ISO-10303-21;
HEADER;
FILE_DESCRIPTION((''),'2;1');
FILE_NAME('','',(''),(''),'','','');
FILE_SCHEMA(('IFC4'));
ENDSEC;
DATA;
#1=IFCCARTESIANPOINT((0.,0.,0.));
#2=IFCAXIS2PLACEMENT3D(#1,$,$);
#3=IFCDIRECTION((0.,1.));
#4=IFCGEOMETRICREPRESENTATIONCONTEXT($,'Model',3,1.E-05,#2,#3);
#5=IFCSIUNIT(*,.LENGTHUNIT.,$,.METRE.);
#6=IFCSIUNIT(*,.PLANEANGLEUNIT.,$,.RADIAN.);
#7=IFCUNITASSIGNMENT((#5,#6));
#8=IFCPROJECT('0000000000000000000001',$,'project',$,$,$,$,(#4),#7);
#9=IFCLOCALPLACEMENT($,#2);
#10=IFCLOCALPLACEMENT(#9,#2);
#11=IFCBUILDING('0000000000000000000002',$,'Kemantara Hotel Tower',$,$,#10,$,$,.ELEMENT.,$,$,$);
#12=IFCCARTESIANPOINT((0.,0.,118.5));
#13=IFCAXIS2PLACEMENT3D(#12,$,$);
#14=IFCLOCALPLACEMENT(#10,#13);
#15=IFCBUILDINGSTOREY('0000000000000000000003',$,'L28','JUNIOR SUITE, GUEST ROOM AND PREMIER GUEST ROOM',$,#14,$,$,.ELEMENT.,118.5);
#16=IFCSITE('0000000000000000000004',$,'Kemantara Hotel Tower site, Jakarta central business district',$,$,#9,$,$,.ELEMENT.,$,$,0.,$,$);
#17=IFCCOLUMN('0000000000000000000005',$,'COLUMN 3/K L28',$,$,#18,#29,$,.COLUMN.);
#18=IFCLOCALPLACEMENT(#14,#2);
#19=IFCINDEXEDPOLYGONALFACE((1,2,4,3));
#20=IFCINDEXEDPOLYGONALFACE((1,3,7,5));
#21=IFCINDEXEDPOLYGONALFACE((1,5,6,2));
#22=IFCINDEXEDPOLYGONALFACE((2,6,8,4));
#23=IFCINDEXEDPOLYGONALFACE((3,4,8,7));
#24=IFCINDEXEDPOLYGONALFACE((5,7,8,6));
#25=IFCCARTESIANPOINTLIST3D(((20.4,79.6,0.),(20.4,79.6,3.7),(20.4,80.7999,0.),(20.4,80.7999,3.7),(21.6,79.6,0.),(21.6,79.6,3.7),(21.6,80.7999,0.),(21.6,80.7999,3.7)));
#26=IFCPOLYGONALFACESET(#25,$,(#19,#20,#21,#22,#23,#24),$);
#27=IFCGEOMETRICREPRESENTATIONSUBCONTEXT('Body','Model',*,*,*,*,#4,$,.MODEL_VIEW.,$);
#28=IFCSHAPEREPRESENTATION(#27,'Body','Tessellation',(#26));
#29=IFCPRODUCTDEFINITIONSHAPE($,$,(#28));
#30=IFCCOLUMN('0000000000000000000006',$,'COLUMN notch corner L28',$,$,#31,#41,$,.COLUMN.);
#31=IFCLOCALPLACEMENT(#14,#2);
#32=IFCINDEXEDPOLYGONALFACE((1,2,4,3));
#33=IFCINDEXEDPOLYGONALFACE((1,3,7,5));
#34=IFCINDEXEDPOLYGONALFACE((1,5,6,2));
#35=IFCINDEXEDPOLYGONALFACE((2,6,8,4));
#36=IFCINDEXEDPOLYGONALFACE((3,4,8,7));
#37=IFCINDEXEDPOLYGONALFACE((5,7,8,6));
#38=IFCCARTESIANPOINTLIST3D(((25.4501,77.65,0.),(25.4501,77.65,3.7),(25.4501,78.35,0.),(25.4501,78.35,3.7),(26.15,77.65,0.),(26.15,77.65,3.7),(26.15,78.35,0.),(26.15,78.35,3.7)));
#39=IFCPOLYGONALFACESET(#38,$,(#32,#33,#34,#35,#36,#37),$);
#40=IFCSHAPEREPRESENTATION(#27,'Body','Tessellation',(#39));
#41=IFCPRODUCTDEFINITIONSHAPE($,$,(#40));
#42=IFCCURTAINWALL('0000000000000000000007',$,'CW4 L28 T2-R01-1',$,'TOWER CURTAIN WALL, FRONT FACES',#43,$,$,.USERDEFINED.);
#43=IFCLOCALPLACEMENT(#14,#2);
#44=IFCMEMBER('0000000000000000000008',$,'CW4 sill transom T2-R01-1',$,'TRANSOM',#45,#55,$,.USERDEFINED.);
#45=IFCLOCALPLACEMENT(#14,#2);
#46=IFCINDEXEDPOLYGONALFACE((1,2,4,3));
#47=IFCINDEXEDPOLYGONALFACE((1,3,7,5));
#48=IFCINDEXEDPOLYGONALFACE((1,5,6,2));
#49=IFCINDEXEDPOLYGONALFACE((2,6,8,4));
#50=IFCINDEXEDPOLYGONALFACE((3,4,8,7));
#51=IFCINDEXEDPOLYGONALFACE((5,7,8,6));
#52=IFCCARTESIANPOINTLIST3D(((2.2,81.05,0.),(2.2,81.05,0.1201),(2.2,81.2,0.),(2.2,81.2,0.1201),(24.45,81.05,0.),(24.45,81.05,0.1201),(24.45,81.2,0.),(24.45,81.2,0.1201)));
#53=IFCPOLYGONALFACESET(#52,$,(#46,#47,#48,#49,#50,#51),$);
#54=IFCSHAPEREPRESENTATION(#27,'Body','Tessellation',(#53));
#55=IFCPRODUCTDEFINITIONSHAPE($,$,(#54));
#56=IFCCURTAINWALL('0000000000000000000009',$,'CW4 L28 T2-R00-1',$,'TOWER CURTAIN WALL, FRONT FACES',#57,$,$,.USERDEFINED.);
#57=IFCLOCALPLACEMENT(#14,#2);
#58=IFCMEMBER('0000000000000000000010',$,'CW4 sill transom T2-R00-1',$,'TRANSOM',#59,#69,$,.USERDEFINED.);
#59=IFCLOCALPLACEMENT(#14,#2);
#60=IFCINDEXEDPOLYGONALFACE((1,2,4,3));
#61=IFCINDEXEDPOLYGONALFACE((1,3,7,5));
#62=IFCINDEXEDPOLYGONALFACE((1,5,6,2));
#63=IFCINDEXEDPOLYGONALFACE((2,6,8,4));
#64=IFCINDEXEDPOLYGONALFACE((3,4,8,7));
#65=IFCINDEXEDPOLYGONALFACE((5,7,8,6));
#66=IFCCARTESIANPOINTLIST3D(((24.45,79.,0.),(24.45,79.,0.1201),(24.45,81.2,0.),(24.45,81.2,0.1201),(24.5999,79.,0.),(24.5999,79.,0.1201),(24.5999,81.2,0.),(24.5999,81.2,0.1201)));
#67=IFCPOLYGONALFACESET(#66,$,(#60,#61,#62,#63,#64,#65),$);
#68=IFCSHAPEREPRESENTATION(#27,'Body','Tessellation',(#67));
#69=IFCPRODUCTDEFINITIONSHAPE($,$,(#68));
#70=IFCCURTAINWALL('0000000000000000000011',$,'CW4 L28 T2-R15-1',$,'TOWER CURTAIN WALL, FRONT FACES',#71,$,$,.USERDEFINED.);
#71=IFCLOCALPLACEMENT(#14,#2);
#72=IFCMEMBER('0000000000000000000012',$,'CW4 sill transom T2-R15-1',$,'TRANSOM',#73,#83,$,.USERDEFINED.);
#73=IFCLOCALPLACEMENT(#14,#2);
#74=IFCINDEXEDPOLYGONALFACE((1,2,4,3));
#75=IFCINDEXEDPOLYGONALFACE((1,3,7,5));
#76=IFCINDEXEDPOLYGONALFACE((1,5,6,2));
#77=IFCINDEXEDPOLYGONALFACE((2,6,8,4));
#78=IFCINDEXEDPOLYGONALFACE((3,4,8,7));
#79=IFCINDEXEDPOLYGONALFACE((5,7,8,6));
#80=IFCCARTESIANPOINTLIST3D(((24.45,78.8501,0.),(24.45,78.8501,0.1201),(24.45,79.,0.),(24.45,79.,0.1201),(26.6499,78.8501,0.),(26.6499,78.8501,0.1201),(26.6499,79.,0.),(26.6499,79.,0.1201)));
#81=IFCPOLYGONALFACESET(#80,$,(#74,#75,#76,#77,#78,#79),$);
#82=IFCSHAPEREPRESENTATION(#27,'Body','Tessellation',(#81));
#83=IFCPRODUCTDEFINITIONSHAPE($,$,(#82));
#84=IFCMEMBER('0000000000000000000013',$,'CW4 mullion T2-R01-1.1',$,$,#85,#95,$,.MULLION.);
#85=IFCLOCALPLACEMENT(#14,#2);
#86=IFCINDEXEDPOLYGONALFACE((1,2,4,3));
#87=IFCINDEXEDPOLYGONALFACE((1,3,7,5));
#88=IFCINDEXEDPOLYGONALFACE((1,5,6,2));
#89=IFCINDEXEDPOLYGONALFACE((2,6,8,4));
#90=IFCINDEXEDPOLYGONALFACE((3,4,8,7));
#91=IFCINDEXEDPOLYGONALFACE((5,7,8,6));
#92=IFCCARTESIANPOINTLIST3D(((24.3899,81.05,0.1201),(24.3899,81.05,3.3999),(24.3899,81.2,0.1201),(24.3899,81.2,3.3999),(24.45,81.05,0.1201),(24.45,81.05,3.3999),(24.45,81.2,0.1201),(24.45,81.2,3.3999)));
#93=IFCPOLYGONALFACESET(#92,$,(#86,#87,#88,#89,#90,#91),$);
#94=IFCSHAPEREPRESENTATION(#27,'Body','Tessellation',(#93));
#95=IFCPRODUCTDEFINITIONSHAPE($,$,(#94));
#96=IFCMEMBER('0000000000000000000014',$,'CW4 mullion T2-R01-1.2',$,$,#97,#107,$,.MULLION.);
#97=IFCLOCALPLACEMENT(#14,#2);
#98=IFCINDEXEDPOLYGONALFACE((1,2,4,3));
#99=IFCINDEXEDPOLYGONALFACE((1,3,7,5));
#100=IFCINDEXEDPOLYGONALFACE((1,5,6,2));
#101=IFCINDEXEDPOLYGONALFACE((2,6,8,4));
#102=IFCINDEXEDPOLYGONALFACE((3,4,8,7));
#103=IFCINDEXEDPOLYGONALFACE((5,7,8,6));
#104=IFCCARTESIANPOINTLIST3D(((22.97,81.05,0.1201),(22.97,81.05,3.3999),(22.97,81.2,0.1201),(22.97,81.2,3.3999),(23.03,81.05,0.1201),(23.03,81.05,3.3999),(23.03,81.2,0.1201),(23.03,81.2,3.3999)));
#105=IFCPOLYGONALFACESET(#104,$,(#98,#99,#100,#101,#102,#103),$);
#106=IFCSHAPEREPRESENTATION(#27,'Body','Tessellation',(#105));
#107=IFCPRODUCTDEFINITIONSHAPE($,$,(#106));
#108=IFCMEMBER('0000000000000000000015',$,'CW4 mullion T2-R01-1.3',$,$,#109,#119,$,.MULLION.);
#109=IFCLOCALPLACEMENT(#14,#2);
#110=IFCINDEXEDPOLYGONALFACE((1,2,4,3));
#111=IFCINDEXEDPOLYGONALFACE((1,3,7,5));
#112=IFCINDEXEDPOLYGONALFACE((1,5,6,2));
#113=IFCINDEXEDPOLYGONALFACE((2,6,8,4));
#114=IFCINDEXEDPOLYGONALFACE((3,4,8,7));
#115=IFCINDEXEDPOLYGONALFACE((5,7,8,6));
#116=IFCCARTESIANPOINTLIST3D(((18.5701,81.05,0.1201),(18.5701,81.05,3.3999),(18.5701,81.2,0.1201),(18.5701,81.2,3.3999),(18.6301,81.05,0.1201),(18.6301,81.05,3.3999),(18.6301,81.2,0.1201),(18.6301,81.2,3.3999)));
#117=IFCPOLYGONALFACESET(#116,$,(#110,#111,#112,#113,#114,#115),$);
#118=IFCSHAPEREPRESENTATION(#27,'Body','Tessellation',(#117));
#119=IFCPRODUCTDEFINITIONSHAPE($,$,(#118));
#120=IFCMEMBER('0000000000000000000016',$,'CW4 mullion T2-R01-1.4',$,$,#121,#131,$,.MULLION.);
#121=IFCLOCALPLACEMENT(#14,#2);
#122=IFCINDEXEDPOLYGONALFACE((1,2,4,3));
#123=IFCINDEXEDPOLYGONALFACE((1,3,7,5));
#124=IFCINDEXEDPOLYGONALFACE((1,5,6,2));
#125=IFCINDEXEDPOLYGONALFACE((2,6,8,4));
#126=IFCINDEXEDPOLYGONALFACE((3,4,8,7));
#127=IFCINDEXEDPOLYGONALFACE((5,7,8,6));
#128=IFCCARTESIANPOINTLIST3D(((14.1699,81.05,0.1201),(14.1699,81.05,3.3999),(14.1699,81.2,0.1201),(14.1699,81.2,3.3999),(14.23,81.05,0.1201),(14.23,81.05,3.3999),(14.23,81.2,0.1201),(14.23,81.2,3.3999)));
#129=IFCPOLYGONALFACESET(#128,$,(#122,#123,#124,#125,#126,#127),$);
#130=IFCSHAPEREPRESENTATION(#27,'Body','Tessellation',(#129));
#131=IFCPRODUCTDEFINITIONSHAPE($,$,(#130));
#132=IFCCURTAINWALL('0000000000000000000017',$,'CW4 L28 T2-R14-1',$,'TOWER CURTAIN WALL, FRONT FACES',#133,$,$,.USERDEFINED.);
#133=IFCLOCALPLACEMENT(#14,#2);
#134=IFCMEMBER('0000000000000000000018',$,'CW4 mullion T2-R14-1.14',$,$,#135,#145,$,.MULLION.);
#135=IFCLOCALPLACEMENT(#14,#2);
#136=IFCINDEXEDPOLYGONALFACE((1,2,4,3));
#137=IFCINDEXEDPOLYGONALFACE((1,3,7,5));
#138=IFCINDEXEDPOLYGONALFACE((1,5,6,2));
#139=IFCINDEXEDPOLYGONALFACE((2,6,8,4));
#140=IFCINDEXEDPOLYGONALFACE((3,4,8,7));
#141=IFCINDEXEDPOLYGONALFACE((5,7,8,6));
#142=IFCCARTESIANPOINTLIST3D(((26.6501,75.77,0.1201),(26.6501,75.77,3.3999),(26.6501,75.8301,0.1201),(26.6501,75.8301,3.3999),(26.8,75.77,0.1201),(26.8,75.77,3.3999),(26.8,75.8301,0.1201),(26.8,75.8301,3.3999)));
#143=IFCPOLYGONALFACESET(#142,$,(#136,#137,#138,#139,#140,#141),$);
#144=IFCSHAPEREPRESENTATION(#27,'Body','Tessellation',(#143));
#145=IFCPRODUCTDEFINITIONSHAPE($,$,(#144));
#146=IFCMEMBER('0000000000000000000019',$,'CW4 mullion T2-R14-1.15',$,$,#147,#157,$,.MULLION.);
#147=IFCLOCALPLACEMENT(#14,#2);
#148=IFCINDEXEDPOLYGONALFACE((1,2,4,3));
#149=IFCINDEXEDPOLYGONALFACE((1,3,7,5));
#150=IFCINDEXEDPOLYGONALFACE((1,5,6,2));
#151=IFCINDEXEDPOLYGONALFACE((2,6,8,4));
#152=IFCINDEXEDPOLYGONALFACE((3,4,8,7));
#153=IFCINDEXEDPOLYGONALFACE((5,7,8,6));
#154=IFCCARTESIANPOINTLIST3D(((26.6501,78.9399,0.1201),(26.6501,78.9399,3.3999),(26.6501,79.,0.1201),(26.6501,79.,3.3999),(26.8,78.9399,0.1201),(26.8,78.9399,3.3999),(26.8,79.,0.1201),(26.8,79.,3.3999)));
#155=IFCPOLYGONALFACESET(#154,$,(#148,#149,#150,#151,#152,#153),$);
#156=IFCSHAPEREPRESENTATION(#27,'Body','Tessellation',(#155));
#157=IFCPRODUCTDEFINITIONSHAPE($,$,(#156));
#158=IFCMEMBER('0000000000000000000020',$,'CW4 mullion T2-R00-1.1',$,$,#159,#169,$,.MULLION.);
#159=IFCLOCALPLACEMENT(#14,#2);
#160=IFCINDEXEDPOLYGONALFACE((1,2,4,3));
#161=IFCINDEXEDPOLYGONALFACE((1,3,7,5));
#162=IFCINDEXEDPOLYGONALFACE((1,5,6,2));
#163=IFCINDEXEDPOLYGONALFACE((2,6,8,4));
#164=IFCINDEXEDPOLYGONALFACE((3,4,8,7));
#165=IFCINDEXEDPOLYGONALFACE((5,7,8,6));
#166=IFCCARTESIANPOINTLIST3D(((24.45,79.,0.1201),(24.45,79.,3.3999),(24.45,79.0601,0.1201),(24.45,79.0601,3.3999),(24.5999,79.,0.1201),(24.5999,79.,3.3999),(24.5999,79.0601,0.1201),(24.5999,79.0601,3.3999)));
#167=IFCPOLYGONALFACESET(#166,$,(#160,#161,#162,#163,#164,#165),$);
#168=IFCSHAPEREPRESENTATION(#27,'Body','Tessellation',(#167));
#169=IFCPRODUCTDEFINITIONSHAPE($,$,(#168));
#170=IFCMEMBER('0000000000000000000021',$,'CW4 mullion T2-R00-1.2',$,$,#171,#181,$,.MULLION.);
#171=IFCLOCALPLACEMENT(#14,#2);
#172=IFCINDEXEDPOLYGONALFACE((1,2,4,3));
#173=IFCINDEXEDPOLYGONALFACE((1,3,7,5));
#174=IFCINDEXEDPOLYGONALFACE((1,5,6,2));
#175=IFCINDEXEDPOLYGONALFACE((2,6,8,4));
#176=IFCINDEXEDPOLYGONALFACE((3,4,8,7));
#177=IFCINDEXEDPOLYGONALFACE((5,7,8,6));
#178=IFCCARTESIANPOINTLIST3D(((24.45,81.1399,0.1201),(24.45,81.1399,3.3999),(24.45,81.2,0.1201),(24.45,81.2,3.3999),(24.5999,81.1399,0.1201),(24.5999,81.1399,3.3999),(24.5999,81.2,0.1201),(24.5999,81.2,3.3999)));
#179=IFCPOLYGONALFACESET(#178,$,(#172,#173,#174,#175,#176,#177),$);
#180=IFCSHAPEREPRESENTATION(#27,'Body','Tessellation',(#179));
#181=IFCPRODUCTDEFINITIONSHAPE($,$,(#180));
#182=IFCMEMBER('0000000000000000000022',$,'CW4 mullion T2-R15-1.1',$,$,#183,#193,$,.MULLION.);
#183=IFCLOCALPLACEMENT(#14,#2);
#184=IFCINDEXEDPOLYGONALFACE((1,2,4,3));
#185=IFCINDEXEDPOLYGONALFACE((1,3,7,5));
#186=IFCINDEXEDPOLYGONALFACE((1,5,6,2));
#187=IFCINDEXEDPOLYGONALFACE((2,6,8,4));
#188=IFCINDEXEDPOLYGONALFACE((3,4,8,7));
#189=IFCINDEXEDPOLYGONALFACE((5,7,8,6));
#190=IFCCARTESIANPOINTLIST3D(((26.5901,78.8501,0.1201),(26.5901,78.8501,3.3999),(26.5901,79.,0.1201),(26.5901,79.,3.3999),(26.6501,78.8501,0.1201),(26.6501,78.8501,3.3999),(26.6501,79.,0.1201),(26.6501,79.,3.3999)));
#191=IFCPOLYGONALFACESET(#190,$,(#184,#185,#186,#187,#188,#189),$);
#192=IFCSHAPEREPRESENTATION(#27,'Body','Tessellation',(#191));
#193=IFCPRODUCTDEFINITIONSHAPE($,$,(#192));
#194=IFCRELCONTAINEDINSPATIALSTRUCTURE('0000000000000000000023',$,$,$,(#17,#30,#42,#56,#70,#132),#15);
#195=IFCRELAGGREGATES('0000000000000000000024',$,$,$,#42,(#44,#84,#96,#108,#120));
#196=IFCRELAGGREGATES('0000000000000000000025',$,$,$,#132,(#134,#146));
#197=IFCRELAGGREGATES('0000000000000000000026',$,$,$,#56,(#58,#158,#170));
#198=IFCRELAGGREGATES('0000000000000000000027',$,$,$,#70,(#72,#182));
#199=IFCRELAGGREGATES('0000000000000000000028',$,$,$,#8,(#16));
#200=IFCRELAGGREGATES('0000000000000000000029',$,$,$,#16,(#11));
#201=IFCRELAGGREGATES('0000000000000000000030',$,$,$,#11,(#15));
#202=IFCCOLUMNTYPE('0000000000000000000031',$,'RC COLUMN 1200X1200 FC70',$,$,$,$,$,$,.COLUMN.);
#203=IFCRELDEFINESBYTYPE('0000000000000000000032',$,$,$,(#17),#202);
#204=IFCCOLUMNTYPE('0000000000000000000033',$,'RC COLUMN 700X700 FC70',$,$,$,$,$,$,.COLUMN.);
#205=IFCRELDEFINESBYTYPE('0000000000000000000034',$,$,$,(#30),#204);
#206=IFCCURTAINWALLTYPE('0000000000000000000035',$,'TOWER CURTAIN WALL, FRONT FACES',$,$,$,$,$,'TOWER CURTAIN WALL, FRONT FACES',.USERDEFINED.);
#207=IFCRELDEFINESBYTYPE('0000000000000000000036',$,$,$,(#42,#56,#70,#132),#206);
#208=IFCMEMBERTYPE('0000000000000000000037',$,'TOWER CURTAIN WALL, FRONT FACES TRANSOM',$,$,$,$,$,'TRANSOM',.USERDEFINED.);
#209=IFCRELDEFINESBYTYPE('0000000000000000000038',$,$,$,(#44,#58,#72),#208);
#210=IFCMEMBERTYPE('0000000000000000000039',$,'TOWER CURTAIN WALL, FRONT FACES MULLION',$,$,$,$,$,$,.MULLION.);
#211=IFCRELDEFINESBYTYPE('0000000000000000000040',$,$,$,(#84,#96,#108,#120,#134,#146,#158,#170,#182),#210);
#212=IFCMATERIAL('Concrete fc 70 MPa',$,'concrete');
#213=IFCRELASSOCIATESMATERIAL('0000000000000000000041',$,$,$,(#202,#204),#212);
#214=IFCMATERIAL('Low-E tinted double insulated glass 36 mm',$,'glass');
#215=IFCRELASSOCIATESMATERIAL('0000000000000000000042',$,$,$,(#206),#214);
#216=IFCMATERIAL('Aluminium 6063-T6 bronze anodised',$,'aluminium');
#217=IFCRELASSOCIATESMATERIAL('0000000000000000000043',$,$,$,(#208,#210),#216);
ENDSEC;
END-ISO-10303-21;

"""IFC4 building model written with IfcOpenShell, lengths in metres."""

from ifc_helpers import new_model, si_unit, direction, frame, origin, origin_2d, place, context, subcontext, project, spatial, rectangle, extrude, source, transform, mapped, material, material_profile, profile_set, type_object, element, aggregate, save


model = new_model("IFC4")

# Units and contexts
model_context = context("Model", 3, precision=1e-05, world=origin(), true_north=direction((0.0, 1.0)))
body_context = subcontext(model_context, "Body", "Model", "MODEL_VIEW")
ifc_project = project(units=[si_unit("LENGTHUNIT", "METRE"), si_unit("PLANEANGLEUNIT", "RADIAN")], contexts=[model_context])

# Site, building, storey
site_placement = place(None, origin())
site = spatial("IfcSite", under=ifc_project, at=site_placement, Name="Kemantara Hotel Tower site, Jakarta central business district", CompositionType="ELEMENT", RefElevation=0.0)
building_placement = place(site_placement, origin())
building = spatial("IfcBuilding", under=site, at=building_placement, Name="Kemantara Hotel Tower", CompositionType="ELEMENT")
storey_placement = place(building_placement, frame((0.0, 0.0, 118.5)))
storey = spatial("IfcBuildingStorey", under=building, at=storey_placement, Name="L28", Description="JUNIOR SUITE, GUEST ROOM AND PREMIER GUEST ROOM", CompositionType="ELEMENT", Elevation=118.5)

# Columns
ifc_material_1 = material(Name="Concrete fc 70 MPa", Category="concrete")
ifc_material_profile_1 = material_profile(ifc_material_1, rectangle(XDim=1.2, YDim=1.2, at=origin_2d()), Name="RC 1200X1200")
ifc_profile_set_1 = profile_set([ifc_material_profile_1], Name="Concrete fc 70 MPa")
column_type_1 = type_object("IfcColumnType", Name="RC COLUMN 1200X1200 FC70", PredefinedType="COLUMN", material=ifc_profile_set_1)
column_1_placement = place(storey_placement, frame((21.0, 80.2, 0.0), z_axis=(0.0, 0.0, 1.0), x_axis=(1.0, 0.0, 0.0)))
element("IfcColumn", 1, at=column_1_placement, inside=storey, type_object=column_type_1, Name="COLUMN 3/K L28", PredefinedType="COLUMN", context=body_context, shape_type="SweptSolid", body=[
    extrude(rectangle(XDim=1.2, YDim=1.2, at=origin_2d()), origin(), (0.0, 0.0, 1.0), 3.7),
])
ifc_material_profile_2 = material_profile(ifc_material_1, rectangle(XDim=0.7, YDim=0.7, at=origin_2d()), Name="RC 700X700")
ifc_profile_set_2 = profile_set([ifc_material_profile_2], Name="Concrete fc 70 MPa")
column_type_2 = type_object("IfcColumnType", Name="RC COLUMN 700X700 FC70", PredefinedType="COLUMN", material=ifc_profile_set_2)
column_2_placement = place(storey_placement, frame((25.8, 78.0, 0.0), z_axis=(0.0, 0.0, 1.0), x_axis=(1.0, 0.0, 0.0)))
element("IfcColumn", 2, at=column_2_placement, inside=storey, type_object=column_type_2, Name="COLUMN notch corner L28", PredefinedType="COLUMN", context=body_context, shape_type="SweptSolid", body=[
    extrude(rectangle(XDim=0.7, YDim=0.7, at=origin_2d()), origin(), (0.0, 0.0, 1.0), 3.7),
])

# Curtain walls, members
ifc_material_2 = material(Name="Low-E tinted double insulated glass 36 mm", Category="glass")
curtain_wall_type = type_object("IfcCurtainWallType", Name="TOWER CURTAIN WALL, FRONT FACES", ElementType="TOWER CURTAIN WALL, FRONT FACES", PredefinedType="USERDEFINED", material=ifc_material_2)
curtain_wall_1_placement = place(storey_placement, origin())
curtain_wall_1 = element("IfcCurtainWall", 3, at=curtain_wall_1_placement, inside=storey, type_object=curtain_wall_type, Name="CW4 L28 T2-R01-1", ObjectType="TOWER CURTAIN WALL, FRONT FACES", PredefinedType="USERDEFINED")
ifc_material_3 = material(Name="Aluminium 6063-T6 bronze anodised", Category="aluminium")
ifc_material_profile_3 = material_profile(ifc_material_3, rectangle(XDim=0.1499, YDim=0.1201, at=origin_2d()), Name="TOWER CURTAIN WALL, FRONT FACES TRANSOM")
ifc_profile_set_3 = profile_set([ifc_material_profile_3], Name="Aluminium 6063-T6 bronze anodised")
member_type_1 = type_object("IfcMemberType", Name="TOWER CURTAIN WALL, FRONT FACES TRANSOM", ElementType="TRANSOM", PredefinedType="USERDEFINED", material=ifc_profile_set_3)
member_1_placement = place(storey_placement, frame((24.45, 81.125, 0.0601), z_axis=(-1.0, 0.0, 0.0), x_axis=(0.0, -1.0, 0.0)))
member_1 = element("IfcMember", 4, at=member_1_placement, type_object=member_type_1, Name="CW4 sill transom T2-R01-1", ObjectType="TRANSOM", PredefinedType="USERDEFINED", context=body_context, shape_type="SweptSolid", body=[
    extrude(rectangle(XDim=0.1499, YDim=0.1201, at=origin_2d()), origin(), (0.0, 0.0, 1.0), 22.25),
])
curtain_wall_2_placement = place(storey_placement, origin())
curtain_wall_2 = element("IfcCurtainWall", 5, at=curtain_wall_2_placement, inside=storey, type_object=curtain_wall_type, Name="CW4 L28 T2-R00-1", ObjectType="TOWER CURTAIN WALL, FRONT FACES", PredefinedType="USERDEFINED")
member_2_placement = place(storey_placement, frame((24.5249, 79.0, 0.0601), z_axis=(0.0, 1.0, 0.0), x_axis=(-1.0, 0.0, 0.0)))
member_2 = element("IfcMember", 6, at=member_2_placement, type_object=member_type_1, Name="CW4 sill transom T2-R00-1", ObjectType="TRANSOM", PredefinedType="USERDEFINED", context=body_context, shape_type="SweptSolid", body=[
    extrude(rectangle(XDim=0.1499, YDim=0.1201, at=origin_2d()), origin(), (0.0, 0.0, 1.0), 2.2),
])
curtain_wall_3_placement = place(storey_placement, origin())
curtain_wall_3 = element("IfcCurtainWall", 7, at=curtain_wall_3_placement, inside=storey, type_object=curtain_wall_type, Name="CW4 L28 T2-R15-1", ObjectType="TOWER CURTAIN WALL, FRONT FACES", PredefinedType="USERDEFINED")
member_3_placement = place(storey_placement, frame((26.6499, 78.925, 0.0601), z_axis=(-1.0, 0.0, 0.0), x_axis=(0.0, -1.0, 0.0)))
member_3 = element("IfcMember", 8, at=member_3_placement, type_object=member_type_1, Name="CW4 sill transom T2-R15-1", ObjectType="TRANSOM", PredefinedType="USERDEFINED", context=body_context, shape_type="SweptSolid", body=[
    extrude(rectangle(XDim=0.1499, YDim=0.1201, at=origin_2d()), origin(), (0.0, 0.0, 1.0), 2.2),
])

# Members
ifc_material_profile_4 = material_profile(ifc_material_3, rectangle(XDim=0.1499, YDim=0.0601, at=origin_2d()), Name="TOWER CURTAIN WALL, FRONT FACES MULLION")
ifc_profile_set_4 = profile_set([ifc_material_profile_4], Name="Aluminium 6063-T6 bronze anodised")
member_type_2 = type_object("IfcMemberType", Name="TOWER CURTAIN WALL, FRONT FACES MULLION", PredefinedType="MULLION", material=ifc_profile_set_4)
shared_shape_1 = source(origin(), body_context, "Body", "SweptSolid", [
    extrude(rectangle(XDim=0.1499, YDim=0.0601, at=origin_2d()), origin(), (0.0, 0.0, 1.0), 3.2798),
])
member_4_placement = place(storey_placement, frame((24.4199, 81.125, 0.1201), z_axis=(0.0, 0.0, 1.0), x_axis=(0.0, -1.0, 0.0)))
member_4 = element("IfcMember", 9, at=member_4_placement, type_object=member_type_2, Name="CW4 mullion T2-R01-1.1", PredefinedType="MULLION", context=body_context, shape_type="MappedRepresentation", body=[
    mapped(shared_shape_1, transform((0.0, 0.0, 0.0))),
])
member_5_placement = place(storey_placement, frame((23.0, 81.125, 0.1201), z_axis=(0.0, 0.0, 1.0), x_axis=(0.0, -1.0, 0.0)))
member_5 = element("IfcMember", 10, at=member_5_placement, type_object=member_type_2, Name="CW4 mullion T2-R01-1.2", PredefinedType="MULLION", context=body_context, shape_type="MappedRepresentation", body=[
    mapped(shared_shape_1, transform((0.0, 0.0, 0.0))),
])
member_6_placement = place(storey_placement, frame((18.6001, 81.125, 0.1201), z_axis=(0.0, 0.0, 1.0), x_axis=(0.0, -1.0, 0.0)))
member_6 = element("IfcMember", 11, at=member_6_placement, type_object=member_type_2, Name="CW4 mullion T2-R01-1.3", PredefinedType="MULLION", context=body_context, shape_type="MappedRepresentation", body=[
    mapped(shared_shape_1, transform((0.0, 0.0, 0.0))),
])
member_7_placement = place(storey_placement, frame((14.2, 81.125, 0.1201), z_axis=(0.0, 0.0, 1.0), x_axis=(0.0, -1.0, 0.0)))
member_7 = element("IfcMember", 12, at=member_7_placement, type_object=member_type_2, Name="CW4 mullion T2-R01-1.4", PredefinedType="MULLION", context=body_context, shape_type="MappedRepresentation", body=[
    mapped(shared_shape_1, transform((0.0, 0.0, 0.0))),
])

# Curtain wall, members
curtain_wall_4_placement = place(storey_placement, origin())
curtain_wall_4 = element("IfcCurtainWall", 13, at=curtain_wall_4_placement, inside=storey, type_object=curtain_wall_type, Name="CW4 L28 T2-R14-1", ObjectType="TOWER CURTAIN WALL, FRONT FACES", PredefinedType="USERDEFINED")
member_8_placement = place(storey_placement, frame((26.7251, 75.8, 0.1201), z_axis=(0.0, 0.0, 1.0), x_axis=(-1.0, 0.0, 0.0)))
member_8 = element("IfcMember", 14, at=member_8_placement, type_object=member_type_2, Name="CW4 mullion T2-R14-1.14", PredefinedType="MULLION", context=body_context, shape_type="MappedRepresentation", body=[
    mapped(shared_shape_1, transform((0.0, 0.0, 0.0))),
])
member_9_placement = place(storey_placement, frame((26.7251, 78.97, 0.1201), z_axis=(0.0, 0.0, 1.0), x_axis=(-1.0, 0.0, 0.0)))
member_9 = element("IfcMember", 15, at=member_9_placement, type_object=member_type_2, Name="CW4 mullion T2-R14-1.15", PredefinedType="MULLION", context=body_context, shape_type="MappedRepresentation", body=[
    mapped(shared_shape_1, transform((0.0, 0.0, 0.0))),
])

# Members
member_10_placement = place(storey_placement, frame((24.5249, 79.03, 0.1201), z_axis=(0.0, 0.0, 1.0), x_axis=(-1.0, 0.0, 0.0)))
member_10 = element("IfcMember", 16, at=member_10_placement, type_object=member_type_2, Name="CW4 mullion T2-R00-1.1", PredefinedType="MULLION", context=body_context, shape_type="MappedRepresentation", body=[
    mapped(shared_shape_1, transform((0.0, 0.0, 0.0))),
])
member_11_placement = place(storey_placement, frame((24.5249, 81.1699, 0.1201), z_axis=(0.0, 0.0, 1.0), x_axis=(-1.0, 0.0, 0.0)))
member_11 = element("IfcMember", 17, at=member_11_placement, type_object=member_type_2, Name="CW4 mullion T2-R00-1.2", PredefinedType="MULLION", context=body_context, shape_type="MappedRepresentation", body=[
    mapped(shared_shape_1, transform((0.0, 0.0, 0.0))),
])
member_12_placement = place(storey_placement, frame((26.6201, 78.925, 0.1201), z_axis=(0.0, 0.0, 1.0), x_axis=(0.0, -1.0, 0.0)))
member_12 = element("IfcMember", 18, at=member_12_placement, type_object=member_type_2, Name="CW4 mullion T2-R15-1.1", PredefinedType="MULLION", context=body_context, shape_type="MappedRepresentation", body=[
    mapped(shared_shape_1, transform((0.0, 0.0, 0.0))),
])

aggregate(curtain_wall_1, [member_1, member_4, member_5, member_6, member_7])
aggregate(curtain_wall_4, [member_8, member_9])
aggregate(curtain_wall_2, [member_2, member_10, member_11])
aggregate(curtain_wall_3, [member_3, member_12])

save(model, "model.ifc")
